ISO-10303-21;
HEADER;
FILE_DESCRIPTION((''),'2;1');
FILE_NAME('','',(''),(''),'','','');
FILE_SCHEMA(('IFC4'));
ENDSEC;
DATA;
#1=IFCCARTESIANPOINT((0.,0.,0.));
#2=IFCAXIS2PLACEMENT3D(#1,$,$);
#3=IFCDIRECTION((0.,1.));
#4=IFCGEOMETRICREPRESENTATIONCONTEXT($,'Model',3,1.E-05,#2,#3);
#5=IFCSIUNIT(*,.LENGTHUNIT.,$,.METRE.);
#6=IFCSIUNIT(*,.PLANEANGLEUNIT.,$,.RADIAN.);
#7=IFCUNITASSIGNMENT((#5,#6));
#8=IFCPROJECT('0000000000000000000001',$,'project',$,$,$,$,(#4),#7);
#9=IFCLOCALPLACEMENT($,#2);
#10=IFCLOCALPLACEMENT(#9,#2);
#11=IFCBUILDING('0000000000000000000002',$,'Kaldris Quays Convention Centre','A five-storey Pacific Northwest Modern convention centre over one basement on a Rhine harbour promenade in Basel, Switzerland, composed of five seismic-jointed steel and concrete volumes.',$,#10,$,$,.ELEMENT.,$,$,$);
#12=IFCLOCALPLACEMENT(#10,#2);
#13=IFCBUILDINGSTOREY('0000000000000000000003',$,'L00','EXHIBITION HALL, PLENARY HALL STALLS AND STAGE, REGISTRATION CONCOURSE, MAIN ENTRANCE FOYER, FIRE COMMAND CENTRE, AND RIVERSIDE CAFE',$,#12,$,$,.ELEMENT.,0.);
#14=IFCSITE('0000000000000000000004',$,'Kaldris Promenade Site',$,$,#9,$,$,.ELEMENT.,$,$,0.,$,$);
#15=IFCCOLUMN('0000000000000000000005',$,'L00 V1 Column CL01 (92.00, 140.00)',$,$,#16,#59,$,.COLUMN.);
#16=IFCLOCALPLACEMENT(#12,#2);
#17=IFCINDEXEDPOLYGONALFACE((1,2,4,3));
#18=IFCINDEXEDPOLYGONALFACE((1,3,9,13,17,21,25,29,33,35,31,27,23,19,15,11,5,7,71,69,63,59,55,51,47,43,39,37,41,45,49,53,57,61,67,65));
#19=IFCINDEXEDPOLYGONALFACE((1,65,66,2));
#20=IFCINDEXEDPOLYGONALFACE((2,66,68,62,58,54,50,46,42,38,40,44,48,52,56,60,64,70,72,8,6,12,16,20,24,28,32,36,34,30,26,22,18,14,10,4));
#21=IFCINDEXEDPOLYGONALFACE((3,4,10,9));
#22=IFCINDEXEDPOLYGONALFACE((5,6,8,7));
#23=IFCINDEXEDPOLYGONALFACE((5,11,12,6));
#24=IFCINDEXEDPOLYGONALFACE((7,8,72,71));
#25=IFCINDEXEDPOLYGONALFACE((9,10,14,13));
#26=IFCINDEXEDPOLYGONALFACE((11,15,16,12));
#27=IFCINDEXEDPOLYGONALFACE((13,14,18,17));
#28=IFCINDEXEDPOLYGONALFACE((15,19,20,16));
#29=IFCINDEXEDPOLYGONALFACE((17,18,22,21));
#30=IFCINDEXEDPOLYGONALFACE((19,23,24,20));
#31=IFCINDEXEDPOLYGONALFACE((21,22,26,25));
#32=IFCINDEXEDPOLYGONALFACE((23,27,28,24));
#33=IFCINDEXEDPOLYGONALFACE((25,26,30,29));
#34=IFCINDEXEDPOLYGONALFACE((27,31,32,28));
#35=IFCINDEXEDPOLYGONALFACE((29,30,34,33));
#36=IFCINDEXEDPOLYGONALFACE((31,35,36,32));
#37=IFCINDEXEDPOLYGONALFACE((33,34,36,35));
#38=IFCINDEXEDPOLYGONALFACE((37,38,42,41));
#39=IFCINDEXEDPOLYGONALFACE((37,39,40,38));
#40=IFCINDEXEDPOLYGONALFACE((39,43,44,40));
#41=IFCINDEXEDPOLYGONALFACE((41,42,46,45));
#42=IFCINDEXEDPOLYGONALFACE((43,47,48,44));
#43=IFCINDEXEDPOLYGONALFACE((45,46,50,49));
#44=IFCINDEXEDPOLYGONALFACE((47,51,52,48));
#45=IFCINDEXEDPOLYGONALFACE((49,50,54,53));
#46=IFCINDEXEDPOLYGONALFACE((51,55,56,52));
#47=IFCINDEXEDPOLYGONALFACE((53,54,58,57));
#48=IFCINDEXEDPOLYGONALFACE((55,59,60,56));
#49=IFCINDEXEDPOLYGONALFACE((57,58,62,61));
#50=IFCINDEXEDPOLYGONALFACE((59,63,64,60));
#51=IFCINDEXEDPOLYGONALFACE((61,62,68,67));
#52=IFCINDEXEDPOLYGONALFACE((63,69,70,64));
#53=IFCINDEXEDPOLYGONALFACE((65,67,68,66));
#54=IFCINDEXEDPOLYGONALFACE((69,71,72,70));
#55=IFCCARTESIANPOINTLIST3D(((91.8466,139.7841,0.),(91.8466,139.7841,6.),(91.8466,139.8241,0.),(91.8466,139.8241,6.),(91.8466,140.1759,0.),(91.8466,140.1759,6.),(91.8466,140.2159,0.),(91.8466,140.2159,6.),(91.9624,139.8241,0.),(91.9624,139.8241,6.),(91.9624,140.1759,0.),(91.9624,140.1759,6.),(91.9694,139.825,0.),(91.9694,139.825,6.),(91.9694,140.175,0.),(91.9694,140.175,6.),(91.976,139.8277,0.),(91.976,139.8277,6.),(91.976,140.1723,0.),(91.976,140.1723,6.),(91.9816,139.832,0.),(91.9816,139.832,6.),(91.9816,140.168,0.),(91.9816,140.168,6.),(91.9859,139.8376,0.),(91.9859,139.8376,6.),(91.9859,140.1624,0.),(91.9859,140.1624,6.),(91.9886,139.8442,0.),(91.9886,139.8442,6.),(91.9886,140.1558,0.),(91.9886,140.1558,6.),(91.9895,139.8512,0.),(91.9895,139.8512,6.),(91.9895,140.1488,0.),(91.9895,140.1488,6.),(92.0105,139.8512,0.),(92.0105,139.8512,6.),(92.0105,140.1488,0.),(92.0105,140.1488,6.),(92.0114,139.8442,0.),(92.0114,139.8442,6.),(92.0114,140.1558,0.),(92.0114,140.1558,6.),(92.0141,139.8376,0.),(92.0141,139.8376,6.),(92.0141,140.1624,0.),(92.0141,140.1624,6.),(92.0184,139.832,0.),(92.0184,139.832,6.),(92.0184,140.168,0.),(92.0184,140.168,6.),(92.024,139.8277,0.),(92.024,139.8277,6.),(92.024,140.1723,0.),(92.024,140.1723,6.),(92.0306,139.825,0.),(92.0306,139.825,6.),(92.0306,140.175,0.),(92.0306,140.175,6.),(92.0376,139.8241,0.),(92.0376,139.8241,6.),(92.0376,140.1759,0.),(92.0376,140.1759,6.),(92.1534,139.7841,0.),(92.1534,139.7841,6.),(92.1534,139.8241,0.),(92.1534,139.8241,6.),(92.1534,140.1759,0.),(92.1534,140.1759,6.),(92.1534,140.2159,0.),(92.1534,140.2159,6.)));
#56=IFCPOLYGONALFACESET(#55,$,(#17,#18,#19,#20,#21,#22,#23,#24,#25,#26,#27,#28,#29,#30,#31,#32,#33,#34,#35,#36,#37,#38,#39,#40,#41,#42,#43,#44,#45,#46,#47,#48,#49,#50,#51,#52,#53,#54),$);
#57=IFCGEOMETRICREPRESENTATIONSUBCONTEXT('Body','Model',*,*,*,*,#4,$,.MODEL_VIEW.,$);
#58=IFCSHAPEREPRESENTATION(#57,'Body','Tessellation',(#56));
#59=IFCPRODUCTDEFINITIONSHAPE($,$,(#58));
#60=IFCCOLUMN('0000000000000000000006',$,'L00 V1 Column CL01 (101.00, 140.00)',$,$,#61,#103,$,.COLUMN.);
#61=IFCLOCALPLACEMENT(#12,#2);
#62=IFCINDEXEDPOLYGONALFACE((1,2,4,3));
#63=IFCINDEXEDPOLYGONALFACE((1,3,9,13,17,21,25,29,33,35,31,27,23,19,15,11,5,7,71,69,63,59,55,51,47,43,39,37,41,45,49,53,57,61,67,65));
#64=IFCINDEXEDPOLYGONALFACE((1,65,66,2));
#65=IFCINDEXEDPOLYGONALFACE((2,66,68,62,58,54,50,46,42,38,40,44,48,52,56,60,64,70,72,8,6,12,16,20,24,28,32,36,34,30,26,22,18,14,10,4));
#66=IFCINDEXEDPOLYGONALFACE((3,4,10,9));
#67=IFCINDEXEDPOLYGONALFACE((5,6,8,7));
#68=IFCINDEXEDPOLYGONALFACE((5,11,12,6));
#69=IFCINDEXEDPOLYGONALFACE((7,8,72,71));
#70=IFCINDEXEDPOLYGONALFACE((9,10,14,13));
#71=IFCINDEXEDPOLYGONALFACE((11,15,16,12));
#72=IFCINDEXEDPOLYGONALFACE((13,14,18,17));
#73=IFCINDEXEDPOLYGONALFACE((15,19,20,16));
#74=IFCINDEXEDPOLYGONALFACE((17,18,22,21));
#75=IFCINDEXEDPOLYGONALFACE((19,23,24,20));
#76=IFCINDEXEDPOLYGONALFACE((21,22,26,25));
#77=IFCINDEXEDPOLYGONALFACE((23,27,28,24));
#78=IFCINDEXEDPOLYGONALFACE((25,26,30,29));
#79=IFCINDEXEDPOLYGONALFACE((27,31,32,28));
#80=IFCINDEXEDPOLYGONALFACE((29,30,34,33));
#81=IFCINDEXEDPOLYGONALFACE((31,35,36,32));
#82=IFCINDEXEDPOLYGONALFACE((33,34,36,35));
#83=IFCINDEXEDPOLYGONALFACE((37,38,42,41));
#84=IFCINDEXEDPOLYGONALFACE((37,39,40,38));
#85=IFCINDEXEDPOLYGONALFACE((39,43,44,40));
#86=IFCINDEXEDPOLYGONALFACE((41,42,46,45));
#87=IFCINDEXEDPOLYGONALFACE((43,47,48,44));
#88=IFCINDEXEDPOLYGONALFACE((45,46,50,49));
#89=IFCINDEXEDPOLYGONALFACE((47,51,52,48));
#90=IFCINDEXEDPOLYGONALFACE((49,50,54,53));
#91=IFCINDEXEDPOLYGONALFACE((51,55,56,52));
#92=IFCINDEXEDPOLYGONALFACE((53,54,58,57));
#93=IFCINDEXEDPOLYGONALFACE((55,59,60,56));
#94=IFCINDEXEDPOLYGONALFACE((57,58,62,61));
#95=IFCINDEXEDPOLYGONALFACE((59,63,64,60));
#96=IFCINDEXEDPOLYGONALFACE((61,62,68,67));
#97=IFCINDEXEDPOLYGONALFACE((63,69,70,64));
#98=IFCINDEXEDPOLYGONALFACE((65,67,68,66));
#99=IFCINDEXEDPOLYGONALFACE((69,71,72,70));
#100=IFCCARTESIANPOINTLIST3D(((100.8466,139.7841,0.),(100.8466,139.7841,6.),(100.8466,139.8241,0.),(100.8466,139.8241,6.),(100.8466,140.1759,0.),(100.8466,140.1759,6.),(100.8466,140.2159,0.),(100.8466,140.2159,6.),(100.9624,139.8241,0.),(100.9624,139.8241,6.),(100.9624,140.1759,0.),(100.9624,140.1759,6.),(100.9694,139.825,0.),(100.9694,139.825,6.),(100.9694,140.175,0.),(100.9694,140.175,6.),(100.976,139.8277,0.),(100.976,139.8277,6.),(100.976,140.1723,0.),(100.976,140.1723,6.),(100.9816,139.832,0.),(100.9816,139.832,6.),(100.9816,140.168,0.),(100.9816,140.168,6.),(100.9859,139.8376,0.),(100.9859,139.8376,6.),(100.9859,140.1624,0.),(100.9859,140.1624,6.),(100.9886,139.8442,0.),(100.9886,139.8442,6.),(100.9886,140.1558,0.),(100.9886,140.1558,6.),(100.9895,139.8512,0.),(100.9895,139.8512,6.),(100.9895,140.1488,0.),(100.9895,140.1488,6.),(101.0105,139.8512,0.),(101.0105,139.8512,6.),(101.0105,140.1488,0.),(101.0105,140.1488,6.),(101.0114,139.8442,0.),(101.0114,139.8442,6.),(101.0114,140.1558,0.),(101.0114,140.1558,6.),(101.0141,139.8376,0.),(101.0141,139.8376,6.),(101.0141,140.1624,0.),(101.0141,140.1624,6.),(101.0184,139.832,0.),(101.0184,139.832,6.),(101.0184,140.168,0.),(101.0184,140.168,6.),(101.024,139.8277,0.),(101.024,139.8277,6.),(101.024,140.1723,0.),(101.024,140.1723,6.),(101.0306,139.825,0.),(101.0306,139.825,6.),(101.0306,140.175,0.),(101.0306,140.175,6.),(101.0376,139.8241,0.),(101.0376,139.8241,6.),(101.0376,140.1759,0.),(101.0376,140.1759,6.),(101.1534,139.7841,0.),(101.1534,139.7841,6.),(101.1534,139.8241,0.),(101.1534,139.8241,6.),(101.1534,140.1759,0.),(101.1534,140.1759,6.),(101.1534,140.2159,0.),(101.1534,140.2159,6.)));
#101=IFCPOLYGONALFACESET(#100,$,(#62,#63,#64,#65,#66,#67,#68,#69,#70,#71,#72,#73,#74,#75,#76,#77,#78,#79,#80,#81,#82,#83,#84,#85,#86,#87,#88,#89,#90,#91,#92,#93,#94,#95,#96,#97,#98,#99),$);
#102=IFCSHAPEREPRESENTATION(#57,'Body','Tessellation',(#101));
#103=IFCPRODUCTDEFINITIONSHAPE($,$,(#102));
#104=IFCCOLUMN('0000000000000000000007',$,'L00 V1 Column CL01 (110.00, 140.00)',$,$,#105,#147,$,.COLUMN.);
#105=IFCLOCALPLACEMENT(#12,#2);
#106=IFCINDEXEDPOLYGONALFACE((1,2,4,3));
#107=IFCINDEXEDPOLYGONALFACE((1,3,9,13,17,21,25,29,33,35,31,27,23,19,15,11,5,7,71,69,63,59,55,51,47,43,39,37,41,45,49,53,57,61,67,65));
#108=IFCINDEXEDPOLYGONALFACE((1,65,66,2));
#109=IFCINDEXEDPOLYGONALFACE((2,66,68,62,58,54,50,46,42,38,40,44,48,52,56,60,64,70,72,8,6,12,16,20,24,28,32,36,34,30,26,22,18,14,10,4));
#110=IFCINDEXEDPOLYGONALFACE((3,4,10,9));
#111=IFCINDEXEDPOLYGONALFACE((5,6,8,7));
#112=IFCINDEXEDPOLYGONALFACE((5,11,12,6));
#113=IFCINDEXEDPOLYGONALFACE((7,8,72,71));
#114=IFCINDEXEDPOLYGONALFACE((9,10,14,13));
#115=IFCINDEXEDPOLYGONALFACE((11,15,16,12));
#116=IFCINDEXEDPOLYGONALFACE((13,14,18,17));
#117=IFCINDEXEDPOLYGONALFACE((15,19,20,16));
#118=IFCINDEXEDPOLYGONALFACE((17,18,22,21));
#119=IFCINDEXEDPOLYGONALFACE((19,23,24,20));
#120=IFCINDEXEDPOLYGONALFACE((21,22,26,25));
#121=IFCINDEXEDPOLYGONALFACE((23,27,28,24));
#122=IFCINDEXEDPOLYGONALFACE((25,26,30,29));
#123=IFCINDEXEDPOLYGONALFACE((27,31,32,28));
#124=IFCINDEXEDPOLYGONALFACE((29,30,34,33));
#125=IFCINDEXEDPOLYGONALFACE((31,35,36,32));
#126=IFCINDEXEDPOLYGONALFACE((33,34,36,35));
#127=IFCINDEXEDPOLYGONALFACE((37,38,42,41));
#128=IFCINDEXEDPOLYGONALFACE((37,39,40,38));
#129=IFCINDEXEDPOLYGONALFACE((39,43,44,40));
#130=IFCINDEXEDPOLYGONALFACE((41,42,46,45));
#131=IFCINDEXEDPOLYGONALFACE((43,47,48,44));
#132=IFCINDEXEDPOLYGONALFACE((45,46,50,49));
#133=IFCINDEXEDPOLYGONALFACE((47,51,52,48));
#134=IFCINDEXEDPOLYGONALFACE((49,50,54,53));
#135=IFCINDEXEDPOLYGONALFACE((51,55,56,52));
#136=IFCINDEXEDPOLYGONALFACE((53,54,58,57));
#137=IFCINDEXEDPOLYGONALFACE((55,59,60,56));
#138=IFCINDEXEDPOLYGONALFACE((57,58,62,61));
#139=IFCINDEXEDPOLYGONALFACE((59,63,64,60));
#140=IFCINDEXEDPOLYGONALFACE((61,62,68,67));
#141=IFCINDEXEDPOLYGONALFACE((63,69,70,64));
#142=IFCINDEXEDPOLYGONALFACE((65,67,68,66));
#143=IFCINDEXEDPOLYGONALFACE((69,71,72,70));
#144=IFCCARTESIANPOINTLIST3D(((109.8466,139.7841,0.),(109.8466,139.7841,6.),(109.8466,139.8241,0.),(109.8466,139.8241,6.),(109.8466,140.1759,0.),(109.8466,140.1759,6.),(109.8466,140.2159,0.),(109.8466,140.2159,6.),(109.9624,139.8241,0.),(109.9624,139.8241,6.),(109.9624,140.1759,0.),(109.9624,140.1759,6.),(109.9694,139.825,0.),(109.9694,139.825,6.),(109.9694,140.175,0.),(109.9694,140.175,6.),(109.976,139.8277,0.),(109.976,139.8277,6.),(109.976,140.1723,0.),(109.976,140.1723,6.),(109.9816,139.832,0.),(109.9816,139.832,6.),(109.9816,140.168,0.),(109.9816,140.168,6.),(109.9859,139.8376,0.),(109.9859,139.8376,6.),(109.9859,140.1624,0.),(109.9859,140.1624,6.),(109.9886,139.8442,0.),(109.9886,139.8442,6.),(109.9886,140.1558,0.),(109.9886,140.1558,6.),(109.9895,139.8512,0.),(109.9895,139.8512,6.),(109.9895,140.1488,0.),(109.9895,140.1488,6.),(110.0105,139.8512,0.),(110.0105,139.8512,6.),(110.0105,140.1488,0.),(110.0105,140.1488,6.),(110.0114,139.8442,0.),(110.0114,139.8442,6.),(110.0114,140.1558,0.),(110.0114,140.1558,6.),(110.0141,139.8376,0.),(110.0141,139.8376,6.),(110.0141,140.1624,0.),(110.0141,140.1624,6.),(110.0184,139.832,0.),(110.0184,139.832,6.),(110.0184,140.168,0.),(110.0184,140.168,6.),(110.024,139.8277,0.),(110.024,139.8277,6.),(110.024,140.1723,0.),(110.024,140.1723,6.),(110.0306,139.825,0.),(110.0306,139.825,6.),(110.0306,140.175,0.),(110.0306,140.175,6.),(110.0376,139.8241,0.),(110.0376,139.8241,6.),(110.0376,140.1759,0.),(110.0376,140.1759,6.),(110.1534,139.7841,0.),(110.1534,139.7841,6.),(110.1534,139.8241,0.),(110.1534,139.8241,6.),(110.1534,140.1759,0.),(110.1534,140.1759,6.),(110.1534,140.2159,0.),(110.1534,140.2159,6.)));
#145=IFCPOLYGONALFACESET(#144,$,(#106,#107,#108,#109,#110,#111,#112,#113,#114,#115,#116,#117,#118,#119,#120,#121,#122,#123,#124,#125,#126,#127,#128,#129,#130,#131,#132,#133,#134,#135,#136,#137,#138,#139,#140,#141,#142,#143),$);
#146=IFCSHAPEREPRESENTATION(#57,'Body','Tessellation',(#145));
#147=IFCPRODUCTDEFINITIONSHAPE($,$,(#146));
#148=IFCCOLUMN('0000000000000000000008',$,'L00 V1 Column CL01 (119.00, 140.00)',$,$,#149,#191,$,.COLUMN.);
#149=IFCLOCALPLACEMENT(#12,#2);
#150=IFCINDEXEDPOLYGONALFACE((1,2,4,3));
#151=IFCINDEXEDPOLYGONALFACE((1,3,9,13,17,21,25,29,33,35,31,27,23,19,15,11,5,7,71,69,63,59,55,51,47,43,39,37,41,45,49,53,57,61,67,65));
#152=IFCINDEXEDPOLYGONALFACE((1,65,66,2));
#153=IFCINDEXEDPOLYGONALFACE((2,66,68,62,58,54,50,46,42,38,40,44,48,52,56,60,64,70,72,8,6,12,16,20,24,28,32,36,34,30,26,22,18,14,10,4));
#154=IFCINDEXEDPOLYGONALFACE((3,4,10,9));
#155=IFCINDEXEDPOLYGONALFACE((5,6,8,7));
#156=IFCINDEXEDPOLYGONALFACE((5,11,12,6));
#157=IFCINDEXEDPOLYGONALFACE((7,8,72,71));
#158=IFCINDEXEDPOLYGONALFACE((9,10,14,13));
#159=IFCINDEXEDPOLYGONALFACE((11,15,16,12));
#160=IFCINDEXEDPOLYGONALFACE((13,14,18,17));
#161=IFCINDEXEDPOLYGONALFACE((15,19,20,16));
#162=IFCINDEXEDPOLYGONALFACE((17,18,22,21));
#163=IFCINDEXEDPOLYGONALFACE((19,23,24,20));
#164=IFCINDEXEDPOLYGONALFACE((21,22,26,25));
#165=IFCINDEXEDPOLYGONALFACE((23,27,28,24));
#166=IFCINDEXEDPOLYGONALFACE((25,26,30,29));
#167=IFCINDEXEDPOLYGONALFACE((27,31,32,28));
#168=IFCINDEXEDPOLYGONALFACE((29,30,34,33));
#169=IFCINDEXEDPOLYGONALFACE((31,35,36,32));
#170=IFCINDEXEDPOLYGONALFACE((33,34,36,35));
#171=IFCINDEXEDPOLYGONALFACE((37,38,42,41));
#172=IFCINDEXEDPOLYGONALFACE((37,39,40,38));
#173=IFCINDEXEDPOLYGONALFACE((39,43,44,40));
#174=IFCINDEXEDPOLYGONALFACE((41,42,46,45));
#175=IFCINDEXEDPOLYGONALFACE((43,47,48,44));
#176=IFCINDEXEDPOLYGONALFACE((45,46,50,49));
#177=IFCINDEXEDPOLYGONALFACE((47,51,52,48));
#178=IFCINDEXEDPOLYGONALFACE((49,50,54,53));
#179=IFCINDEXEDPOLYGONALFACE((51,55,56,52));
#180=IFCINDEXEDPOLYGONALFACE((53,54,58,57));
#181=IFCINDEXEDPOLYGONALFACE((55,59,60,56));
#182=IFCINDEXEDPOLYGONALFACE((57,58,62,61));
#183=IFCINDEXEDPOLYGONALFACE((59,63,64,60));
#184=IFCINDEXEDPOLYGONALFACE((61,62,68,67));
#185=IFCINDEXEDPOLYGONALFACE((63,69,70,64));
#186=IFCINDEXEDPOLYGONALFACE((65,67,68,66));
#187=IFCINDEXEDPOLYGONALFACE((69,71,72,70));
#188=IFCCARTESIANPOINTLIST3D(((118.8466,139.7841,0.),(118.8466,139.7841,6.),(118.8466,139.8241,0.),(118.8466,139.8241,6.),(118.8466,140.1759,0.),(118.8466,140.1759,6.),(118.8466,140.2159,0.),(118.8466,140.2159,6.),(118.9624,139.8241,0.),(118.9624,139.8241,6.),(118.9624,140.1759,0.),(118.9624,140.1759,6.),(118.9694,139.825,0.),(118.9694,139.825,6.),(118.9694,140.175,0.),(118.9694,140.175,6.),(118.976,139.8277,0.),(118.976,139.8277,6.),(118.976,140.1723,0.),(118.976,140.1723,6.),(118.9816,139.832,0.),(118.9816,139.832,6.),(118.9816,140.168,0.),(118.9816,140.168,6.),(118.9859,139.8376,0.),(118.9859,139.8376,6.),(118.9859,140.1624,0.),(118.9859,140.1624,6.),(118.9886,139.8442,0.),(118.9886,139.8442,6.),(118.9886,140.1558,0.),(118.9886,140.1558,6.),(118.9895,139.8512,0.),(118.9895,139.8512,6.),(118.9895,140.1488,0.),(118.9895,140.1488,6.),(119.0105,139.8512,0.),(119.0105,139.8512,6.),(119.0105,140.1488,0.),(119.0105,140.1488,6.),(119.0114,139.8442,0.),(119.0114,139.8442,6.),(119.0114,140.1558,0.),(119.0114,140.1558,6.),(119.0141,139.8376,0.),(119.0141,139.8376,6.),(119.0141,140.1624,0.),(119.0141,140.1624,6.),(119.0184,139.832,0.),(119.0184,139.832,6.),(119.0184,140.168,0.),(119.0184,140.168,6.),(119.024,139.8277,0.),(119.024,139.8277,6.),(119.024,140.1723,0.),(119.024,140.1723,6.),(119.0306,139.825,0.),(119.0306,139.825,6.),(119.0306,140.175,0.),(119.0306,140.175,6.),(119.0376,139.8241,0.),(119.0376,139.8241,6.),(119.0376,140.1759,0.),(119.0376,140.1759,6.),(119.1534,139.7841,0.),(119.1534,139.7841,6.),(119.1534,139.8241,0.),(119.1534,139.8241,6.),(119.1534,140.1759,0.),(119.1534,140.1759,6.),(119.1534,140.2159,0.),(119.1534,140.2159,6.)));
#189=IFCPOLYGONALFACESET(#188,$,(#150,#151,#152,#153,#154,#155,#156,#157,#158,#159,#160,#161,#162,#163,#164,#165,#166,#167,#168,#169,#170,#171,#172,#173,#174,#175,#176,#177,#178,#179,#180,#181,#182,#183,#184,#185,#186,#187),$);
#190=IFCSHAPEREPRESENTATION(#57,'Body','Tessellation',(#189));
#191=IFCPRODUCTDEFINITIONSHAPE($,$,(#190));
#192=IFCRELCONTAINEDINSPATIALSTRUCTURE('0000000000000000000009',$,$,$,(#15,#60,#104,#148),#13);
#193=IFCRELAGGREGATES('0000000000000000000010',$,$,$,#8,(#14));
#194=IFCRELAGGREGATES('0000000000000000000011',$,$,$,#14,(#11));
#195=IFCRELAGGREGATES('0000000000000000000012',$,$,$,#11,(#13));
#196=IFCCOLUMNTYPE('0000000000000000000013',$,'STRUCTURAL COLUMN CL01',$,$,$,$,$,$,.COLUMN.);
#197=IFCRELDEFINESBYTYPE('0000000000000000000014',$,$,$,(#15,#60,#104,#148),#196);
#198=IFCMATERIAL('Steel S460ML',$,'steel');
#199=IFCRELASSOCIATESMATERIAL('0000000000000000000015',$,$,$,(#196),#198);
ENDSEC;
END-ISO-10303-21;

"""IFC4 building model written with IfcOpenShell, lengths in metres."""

from ifc_helpers import new_model, si_unit, direction, frame, origin, origin_2d, place, context, subcontext, project, spatial, i_section, extrude, material, material_profile, profile_set, type_object, element, save


model = new_model("IFC4")

# Units and contexts
model_context = context("Model", 3, precision=1e-05, world=origin(), true_north=direction((0.0, 1.0)))
body_context = subcontext(model_context, "Body", "Model", "MODEL_VIEW")
ifc_project = project(units=[si_unit("LENGTHUNIT", "METRE"), si_unit("PLANEANGLEUNIT", "RADIAN")], contexts=[model_context])

# Site, building, storey
site_placement = place(None, origin())
site = spatial("IfcSite", under=ifc_project, at=site_placement, Name="Kaldris Promenade Site", CompositionType="ELEMENT", RefElevation=0.0)
building_placement = place(site_placement, origin())
building = spatial("IfcBuilding", under=site, at=building_placement, Name="Kaldris Quays Convention Centre", Description="A five-storey Pacific Northwest Modern convention centre over one basement on a Rhine harbour promenade in Basel, Switzerland, composed of five seismic-jointed steel and concrete volumes.", CompositionType="ELEMENT")
storey_placement = place(building_placement, origin())
storey = spatial("IfcBuildingStorey", under=building, at=storey_placement, Name="L00", Description="EXHIBITION HALL, PLENARY HALL STALLS AND STAGE, REGISTRATION CONCOURSE, MAIN ENTRANCE FOYER, FIRE COMMAND CENTRE, AND RIVERSIDE CAFE", CompositionType="ELEMENT", Elevation=0.0)

# Columns
ifc_material_1 = material(Name="Steel S460ML", Category="steel")
ifc_material_profile_1 = material_profile(ifc_material_1, i_section(OverallWidth=0.3069, OverallDepth=0.4319, WebThickness=0.021, FlangeThickness=0.04, FilletRadius=0.0271, at=origin_2d()), Name="HEM 400")
ifc_profile_set_1 = profile_set([ifc_material_profile_1], Name="Steel S460ML")
column_type_1 = type_object("IfcColumnType", Name="STRUCTURAL COLUMN CL01", PredefinedType="COLUMN", material=ifc_profile_set_1)
for number, where, z_axis, x_axis, name in (
    (1, (92.0, 140.0, 0.0), (0.0, 0.0, 1.0), (1.0, 0.0, 0.0), "L00 V1 Column CL01 (92.00, 140.00)"),
    (2, (101.0, 140.0, 0.0), (0.0, 0.0, 1.0), (1.0, 0.0, 0.0), "L00 V1 Column CL01 (101.00, 140.00)"),
    (3, (110.0, 140.0, 0.0), (0.0, 0.0, 1.0), (1.0, 0.0, 0.0), "L00 V1 Column CL01 (110.00, 140.00)"),
    (4, (119.0, 140.0, 0.0), (0.0, 0.0, 1.0), (1.0, 0.0, 0.0), "L00 V1 Column CL01 (119.00, 140.00)"),
):
    element("IfcColumn", number, at=place(storey_placement, frame(where, z_axis=z_axis, x_axis=x_axis)), inside=storey, type_object=column_type_1, Name=name, PredefinedType="COLUMN", context=body_context, shape_type="SweptSolid", body=[
        extrude(i_section(OverallWidth=0.3069, OverallDepth=0.4319, WebThickness=0.021, FlangeThickness=0.04, FilletRadius=0.0271, at=origin_2d()), origin(), (0.0, 0.0, 1.0), 6.0),
    ])

save(model, "model.ifc")
